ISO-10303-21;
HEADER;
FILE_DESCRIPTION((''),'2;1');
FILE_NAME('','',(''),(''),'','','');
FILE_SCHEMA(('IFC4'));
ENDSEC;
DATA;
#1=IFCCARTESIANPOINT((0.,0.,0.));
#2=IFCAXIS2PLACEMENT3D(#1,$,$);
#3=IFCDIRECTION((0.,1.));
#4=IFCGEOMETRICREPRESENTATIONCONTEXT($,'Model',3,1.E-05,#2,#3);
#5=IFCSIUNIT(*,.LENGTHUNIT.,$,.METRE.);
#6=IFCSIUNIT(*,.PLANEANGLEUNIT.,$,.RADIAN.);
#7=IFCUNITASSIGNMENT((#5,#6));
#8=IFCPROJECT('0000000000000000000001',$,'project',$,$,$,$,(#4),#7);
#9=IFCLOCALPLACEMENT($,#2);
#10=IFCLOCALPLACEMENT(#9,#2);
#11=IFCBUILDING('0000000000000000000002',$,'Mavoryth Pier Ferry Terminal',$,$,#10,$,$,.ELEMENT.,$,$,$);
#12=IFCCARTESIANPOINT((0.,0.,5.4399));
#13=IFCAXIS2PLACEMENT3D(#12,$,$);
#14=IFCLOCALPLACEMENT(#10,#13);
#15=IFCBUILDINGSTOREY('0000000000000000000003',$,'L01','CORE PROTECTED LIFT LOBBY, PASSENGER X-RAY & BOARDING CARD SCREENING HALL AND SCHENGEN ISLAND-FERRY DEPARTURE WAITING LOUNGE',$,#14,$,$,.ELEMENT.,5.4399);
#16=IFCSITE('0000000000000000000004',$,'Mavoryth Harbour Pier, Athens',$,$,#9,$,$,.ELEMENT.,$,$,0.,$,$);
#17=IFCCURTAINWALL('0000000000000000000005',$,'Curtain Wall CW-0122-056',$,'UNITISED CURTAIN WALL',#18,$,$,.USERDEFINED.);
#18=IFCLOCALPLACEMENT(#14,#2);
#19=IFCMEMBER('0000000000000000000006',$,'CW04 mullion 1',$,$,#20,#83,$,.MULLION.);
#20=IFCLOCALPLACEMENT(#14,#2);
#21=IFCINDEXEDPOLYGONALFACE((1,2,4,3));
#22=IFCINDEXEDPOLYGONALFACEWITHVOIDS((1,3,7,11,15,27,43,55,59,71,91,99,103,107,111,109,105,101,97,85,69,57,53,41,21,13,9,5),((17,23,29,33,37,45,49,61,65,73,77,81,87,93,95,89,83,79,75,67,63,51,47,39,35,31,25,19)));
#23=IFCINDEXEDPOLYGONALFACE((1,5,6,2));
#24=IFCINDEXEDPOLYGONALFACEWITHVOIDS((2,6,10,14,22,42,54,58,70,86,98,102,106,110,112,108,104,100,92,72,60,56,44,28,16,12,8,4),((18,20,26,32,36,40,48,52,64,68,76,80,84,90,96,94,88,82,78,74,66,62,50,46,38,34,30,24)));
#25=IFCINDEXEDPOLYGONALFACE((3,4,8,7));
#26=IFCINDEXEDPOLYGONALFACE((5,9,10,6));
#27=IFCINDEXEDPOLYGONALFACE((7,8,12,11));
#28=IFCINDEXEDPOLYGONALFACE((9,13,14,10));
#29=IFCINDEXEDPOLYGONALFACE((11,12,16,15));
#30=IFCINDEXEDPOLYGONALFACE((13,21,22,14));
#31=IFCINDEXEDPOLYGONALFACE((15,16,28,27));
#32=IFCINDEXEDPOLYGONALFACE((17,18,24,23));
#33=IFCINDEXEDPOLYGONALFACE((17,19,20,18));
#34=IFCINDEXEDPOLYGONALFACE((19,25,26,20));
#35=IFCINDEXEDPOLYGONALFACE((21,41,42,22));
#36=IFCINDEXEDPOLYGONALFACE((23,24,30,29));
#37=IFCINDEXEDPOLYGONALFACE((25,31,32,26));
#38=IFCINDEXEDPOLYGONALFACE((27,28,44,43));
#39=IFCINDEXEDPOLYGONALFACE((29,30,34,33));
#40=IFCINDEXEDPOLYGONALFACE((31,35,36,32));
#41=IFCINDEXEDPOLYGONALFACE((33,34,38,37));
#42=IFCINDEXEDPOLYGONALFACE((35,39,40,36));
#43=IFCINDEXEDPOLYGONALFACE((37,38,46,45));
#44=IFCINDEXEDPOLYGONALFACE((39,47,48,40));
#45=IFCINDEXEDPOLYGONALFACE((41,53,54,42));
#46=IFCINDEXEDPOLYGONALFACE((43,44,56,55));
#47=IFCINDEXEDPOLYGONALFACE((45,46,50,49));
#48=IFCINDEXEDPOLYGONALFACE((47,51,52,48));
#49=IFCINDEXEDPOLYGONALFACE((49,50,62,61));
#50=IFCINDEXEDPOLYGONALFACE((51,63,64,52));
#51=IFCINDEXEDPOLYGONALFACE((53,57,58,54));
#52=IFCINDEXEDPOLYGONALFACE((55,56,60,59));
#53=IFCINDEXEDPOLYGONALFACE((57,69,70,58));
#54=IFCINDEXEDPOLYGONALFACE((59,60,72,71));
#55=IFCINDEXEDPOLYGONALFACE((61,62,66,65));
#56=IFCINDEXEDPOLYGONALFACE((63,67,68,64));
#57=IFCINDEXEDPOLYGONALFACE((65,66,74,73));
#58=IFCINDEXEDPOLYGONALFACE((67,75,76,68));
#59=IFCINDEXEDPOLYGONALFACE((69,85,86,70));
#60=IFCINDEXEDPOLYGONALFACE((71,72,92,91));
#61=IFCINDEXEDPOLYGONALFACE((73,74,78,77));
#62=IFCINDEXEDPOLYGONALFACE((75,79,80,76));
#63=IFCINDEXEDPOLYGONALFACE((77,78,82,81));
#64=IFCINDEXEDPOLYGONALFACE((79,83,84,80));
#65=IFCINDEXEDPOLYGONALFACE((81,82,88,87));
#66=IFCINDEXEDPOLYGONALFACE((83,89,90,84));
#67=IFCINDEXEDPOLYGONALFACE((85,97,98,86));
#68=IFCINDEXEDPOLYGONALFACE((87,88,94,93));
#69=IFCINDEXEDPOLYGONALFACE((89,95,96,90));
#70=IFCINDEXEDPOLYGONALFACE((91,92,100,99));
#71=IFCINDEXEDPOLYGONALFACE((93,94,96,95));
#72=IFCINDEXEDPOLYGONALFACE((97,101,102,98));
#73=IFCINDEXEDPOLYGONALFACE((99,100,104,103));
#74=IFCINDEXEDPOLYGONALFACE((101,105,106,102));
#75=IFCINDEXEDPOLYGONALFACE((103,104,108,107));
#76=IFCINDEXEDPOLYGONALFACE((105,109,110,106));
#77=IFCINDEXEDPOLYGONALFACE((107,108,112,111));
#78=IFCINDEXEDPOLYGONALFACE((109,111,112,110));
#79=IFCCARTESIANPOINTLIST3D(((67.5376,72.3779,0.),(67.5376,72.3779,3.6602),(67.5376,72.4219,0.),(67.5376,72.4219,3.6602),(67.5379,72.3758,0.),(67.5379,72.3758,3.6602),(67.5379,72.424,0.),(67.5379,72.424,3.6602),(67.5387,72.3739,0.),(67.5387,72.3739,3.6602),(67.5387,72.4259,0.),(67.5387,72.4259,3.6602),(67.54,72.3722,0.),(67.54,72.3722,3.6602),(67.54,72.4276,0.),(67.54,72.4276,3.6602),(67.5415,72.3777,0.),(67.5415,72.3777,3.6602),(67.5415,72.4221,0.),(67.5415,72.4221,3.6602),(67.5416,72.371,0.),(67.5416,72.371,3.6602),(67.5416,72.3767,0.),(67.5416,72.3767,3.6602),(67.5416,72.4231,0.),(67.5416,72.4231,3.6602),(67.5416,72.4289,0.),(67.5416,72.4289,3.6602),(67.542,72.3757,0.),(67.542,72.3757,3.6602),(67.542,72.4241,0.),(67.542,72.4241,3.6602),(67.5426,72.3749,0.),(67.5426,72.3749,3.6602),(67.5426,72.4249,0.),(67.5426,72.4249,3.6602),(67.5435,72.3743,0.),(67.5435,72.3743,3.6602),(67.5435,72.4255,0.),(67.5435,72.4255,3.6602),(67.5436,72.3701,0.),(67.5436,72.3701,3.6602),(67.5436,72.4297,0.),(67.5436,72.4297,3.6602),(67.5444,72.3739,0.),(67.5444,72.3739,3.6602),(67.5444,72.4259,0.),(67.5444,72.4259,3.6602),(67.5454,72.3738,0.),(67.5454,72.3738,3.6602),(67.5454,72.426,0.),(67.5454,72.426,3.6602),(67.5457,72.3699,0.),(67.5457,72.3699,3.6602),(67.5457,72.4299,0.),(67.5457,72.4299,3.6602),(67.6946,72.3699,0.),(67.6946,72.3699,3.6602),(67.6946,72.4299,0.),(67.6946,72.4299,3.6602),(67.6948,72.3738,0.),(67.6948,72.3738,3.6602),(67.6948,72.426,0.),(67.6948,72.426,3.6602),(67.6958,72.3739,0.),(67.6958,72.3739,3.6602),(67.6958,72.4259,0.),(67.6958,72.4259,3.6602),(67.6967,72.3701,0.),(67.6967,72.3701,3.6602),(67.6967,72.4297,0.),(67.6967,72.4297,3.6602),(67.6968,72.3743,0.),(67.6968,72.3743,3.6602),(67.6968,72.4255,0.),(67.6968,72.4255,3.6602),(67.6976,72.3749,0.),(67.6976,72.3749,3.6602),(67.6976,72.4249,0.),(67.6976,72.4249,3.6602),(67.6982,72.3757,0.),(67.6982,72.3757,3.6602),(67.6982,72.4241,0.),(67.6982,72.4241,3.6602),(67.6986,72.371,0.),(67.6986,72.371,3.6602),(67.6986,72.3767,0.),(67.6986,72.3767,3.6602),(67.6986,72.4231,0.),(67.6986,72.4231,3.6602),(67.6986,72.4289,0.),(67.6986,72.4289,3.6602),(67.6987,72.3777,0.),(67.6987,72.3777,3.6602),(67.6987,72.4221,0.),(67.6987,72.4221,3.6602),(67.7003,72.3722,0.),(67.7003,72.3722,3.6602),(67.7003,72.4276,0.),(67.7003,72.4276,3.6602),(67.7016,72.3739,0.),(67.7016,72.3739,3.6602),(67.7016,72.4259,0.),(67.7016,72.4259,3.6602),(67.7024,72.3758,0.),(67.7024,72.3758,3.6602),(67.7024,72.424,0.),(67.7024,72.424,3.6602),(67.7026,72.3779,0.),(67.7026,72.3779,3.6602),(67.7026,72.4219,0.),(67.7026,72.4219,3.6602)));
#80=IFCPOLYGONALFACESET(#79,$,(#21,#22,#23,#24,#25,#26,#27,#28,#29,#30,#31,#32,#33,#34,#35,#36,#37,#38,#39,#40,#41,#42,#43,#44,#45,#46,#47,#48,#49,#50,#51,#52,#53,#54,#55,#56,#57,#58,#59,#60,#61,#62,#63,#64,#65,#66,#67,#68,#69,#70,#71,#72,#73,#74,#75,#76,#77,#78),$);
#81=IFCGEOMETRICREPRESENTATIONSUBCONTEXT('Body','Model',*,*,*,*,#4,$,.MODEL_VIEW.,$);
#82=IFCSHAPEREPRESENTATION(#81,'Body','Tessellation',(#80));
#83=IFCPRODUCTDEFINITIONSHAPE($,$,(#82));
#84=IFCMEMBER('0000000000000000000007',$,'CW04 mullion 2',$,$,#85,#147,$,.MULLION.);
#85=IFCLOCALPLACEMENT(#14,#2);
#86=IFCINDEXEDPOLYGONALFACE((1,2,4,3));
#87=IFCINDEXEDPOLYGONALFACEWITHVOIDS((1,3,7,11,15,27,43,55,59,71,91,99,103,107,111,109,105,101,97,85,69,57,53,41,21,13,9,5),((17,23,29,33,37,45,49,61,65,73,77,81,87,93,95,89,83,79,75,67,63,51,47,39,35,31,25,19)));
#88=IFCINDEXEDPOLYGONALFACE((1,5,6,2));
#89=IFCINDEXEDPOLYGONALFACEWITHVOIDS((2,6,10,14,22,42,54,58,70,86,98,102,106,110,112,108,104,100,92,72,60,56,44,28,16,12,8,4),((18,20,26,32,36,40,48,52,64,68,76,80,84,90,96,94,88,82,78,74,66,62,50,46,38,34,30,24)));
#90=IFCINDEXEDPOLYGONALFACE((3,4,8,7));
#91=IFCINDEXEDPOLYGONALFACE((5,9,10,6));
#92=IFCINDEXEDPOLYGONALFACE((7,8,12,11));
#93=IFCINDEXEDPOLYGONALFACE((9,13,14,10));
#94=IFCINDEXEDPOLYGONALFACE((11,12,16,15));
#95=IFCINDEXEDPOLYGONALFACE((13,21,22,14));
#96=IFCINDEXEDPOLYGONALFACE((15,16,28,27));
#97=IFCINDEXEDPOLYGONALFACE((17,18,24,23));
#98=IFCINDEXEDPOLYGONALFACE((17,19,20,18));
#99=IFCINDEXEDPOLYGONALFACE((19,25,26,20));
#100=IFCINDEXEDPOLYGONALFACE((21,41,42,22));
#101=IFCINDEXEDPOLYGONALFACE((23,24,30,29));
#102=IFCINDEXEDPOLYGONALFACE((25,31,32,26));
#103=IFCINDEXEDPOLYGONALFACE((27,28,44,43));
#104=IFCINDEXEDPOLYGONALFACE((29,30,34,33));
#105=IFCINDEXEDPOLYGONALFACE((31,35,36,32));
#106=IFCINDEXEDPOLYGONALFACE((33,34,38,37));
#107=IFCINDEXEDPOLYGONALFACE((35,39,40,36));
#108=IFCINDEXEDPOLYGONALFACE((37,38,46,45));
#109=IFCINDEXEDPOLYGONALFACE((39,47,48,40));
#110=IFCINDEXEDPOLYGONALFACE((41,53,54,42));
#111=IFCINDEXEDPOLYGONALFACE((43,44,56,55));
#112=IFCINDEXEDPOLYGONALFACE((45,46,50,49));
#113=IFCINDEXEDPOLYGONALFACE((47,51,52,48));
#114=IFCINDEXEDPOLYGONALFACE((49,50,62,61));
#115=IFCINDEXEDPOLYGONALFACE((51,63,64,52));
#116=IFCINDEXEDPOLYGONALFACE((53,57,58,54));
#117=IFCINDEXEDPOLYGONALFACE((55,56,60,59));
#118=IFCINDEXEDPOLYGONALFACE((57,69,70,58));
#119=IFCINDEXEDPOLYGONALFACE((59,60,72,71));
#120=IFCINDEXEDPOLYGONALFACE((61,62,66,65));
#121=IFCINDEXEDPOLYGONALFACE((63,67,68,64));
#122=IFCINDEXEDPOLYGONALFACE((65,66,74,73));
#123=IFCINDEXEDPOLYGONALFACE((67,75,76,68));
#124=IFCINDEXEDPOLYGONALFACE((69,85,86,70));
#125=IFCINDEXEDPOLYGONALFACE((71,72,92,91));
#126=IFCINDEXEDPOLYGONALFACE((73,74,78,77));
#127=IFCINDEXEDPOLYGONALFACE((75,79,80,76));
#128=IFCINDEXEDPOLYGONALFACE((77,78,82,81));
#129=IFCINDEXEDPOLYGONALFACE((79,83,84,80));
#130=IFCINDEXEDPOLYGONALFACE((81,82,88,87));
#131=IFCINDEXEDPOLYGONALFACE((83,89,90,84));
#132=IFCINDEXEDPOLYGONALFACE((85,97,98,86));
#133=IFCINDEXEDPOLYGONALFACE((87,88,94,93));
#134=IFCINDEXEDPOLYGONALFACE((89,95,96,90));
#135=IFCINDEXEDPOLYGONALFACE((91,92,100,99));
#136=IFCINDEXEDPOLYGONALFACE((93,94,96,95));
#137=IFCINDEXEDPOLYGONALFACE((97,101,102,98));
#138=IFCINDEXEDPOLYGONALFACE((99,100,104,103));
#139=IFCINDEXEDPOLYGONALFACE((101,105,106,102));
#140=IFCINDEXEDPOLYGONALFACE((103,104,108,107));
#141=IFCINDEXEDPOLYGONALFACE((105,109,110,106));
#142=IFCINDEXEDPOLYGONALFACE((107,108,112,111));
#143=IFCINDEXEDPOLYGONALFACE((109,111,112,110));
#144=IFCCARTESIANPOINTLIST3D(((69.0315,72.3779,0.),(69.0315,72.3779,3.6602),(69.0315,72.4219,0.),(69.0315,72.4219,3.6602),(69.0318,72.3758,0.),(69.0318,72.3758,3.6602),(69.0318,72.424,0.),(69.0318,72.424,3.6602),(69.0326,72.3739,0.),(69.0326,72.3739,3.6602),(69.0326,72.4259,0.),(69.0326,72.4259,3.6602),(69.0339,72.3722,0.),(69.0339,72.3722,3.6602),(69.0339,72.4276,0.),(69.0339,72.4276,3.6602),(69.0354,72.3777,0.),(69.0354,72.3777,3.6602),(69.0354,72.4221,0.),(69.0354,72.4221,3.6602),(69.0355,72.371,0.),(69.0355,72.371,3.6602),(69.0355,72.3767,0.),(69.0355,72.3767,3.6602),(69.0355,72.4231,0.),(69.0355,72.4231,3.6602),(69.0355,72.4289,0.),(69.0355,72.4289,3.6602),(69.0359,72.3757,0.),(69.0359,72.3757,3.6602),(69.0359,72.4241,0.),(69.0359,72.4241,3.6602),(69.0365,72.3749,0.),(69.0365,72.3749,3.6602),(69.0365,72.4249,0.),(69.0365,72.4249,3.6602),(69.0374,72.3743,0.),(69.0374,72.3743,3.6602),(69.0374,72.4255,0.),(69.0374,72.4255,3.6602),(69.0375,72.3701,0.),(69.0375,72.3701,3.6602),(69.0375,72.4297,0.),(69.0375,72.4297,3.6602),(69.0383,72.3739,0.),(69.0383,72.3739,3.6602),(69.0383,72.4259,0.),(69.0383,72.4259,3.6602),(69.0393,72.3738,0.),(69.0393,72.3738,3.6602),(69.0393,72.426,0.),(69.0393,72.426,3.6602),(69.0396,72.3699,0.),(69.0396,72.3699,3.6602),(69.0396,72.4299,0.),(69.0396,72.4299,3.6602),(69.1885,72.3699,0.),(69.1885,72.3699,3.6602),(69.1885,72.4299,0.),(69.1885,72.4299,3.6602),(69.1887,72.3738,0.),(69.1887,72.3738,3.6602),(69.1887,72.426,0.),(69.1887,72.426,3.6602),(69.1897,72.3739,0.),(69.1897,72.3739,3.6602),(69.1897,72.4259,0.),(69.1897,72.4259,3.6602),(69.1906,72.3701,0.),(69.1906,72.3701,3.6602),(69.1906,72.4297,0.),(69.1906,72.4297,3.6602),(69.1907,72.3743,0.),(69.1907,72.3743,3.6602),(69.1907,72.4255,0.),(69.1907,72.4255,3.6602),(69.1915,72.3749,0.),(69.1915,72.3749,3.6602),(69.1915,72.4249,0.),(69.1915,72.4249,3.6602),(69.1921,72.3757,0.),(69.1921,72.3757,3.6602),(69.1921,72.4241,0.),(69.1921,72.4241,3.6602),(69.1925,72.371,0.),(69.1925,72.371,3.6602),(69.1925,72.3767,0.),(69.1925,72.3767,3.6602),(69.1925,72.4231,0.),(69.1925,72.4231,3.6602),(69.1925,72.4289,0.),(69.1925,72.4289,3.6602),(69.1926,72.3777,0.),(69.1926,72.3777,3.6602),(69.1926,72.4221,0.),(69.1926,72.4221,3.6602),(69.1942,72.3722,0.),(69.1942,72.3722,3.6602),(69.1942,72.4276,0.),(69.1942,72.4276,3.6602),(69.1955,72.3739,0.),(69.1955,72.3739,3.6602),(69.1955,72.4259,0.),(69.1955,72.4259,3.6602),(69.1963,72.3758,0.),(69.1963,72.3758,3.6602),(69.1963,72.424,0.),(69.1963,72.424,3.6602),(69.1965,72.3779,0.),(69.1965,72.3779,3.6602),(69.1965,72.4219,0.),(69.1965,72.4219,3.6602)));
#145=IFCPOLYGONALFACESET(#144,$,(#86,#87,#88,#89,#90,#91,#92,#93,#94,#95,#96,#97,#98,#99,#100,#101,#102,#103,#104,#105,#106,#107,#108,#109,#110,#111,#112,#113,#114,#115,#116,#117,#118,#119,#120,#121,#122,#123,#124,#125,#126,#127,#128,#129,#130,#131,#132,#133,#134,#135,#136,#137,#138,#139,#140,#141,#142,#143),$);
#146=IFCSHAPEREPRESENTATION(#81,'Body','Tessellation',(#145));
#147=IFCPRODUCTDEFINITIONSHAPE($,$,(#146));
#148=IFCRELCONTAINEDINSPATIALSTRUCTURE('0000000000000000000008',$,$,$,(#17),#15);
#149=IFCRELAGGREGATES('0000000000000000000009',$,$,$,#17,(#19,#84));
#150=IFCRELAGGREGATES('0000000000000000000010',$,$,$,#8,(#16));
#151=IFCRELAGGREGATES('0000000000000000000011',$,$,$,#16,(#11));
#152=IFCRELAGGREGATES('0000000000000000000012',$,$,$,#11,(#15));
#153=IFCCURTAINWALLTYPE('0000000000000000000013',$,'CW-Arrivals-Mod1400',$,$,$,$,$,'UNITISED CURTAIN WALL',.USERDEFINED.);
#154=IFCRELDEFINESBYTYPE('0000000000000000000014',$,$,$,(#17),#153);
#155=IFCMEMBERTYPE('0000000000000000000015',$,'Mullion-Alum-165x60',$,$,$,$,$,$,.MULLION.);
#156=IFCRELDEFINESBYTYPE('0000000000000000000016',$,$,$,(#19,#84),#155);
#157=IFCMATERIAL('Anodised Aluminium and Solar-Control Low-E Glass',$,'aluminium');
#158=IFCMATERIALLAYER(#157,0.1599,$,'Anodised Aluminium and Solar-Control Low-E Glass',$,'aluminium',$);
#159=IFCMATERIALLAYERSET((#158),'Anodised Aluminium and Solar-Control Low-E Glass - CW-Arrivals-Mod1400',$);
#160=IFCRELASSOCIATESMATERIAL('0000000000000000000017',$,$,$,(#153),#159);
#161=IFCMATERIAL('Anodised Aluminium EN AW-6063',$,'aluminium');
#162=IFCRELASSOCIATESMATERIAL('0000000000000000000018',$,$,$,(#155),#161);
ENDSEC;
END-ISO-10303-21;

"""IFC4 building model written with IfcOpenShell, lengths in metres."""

from ifc_helpers import new_model, si_unit, direction, frame, origin, origin_2d, place, context, subcontext, project, spatial, hollow_rectangle, extrude, material, layer, layer_set, material_profile, profile_set, type_object, element, aggregate, save


model = new_model("IFC4")

# Units and contexts
model_context = context("Model", 3, precision=1e-05, world=origin(), true_north=direction((0.0, 1.0)))
body_context = subcontext(model_context, "Body", "Model", "MODEL_VIEW")
ifc_project = project(units=[si_unit("LENGTHUNIT", "METRE"), si_unit("PLANEANGLEUNIT", "RADIAN")], contexts=[model_context])

# Site, building, storey
site_placement = place(None, origin())
site = spatial("IfcSite", under=ifc_project, at=site_placement, Name="Mavoryth Harbour Pier, Athens", CompositionType="ELEMENT", RefElevation=0.0)
building_placement = place(site_placement, origin())
building = spatial("IfcBuilding", under=site, at=building_placement, Name="Mavoryth Pier Ferry Terminal", CompositionType="ELEMENT")
storey_placement = place(building_placement, frame((0.0, 0.0, 5.4399)))
storey = spatial("IfcBuildingStorey", under=building, at=storey_placement, Name="L01", Description="CORE PROTECTED LIFT LOBBY, PASSENGER X-RAY & BOARDING CARD SCREENING HALL AND SCHENGEN ISLAND-FERRY DEPARTURE WAITING LOUNGE", CompositionType="ELEMENT", Elevation=5.4399)

# Curtain wall, members
ifc_material_1 = material(Name="Anodised Aluminium and Solar-Control Low-E Glass", Category="aluminium")
ifc_layer_1 = layer(ifc_material_1, 0.1599, Name="Anodised Aluminium and Solar-Control Low-E Glass", Category="aluminium")
ifc_layer_set_1 = layer_set([ifc_layer_1], Name="Anodised Aluminium and Solar-Control Low-E Glass - CW-Arrivals-Mod1400")
curtain_wall_type = type_object("IfcCurtainWallType", Name="CW-Arrivals-Mod1400", ElementType="UNITISED CURTAIN WALL", PredefinedType="USERDEFINED", material=ifc_layer_set_1)
curtain_wall_placement = place(storey_placement, origin())
curtain_wall = element("IfcCurtainWall", 1, at=curtain_wall_placement, inside=storey, type_object=curtain_wall_type, Name="Curtain Wall CW-0122-056", ObjectType="UNITISED CURTAIN WALL", PredefinedType="USERDEFINED")
ifc_material_2 = material(Name="Anodised Aluminium EN AW-6063", Category="aluminium")
ifc_material_profile_1 = material_profile(ifc_material_2, hollow_rectangle(XDim=0.0601, YDim=0.165, WallThickness=0.0039, InnerFilletRadius=0.0039, OuterFilletRadius=0.0081, at=origin_2d()), Name="AL-MULL 165x60x4", Category="aluminium")
ifc_profile_set_1 = profile_set([ifc_material_profile_1], Name="Anodised Aluminium EN AW-6063 - AL-MULL 165x60x4")
member_type_1 = type_object("IfcMemberType", Name="Mullion-Alum-165x60", PredefinedType="MULLION", material=ifc_profile_set_1)
member_1_placement = place(storey_placement, frame((67.6201, 72.3999, 0.0), z_axis=(0.0, 0.0, 1.0), x_axis=(0.0, 1.0, 0.0)))
member_1 = element("IfcMember", 2, at=member_1_placement, type_object=member_type_1, Name="CW04 mullion 1", PredefinedType="MULLION", context=body_context, shape_type="SweptSolid", body=[
    extrude(hollow_rectangle(XDim=0.0601, YDim=0.165, WallThickness=0.0039, InnerFilletRadius=0.0039, OuterFilletRadius=0.0081, at=origin_2d()), origin(), (0.0, 0.0, 1.0), 3.6602),
])
member_2_placement = place(storey_placement, frame((69.114, 72.3999, 0.0), z_axis=(0.0, 0.0, 1.0), x_axis=(0.0, 1.0, 0.0)))
member_2 = element("IfcMember", 3, at=member_2_placement, type_object=member_type_1, Name="CW04 mullion 2", PredefinedType="MULLION", context=body_context, shape_type="SweptSolid", body=[
    extrude(hollow_rectangle(XDim=0.0601, YDim=0.165, WallThickness=0.0039, InnerFilletRadius=0.0039, OuterFilletRadius=0.0081, at=origin_2d()), origin(), (0.0, 0.0, 1.0), 3.6602),
])
aggregate(curtain_wall, [member_1, member_2])

save(model, "model.ifc")
